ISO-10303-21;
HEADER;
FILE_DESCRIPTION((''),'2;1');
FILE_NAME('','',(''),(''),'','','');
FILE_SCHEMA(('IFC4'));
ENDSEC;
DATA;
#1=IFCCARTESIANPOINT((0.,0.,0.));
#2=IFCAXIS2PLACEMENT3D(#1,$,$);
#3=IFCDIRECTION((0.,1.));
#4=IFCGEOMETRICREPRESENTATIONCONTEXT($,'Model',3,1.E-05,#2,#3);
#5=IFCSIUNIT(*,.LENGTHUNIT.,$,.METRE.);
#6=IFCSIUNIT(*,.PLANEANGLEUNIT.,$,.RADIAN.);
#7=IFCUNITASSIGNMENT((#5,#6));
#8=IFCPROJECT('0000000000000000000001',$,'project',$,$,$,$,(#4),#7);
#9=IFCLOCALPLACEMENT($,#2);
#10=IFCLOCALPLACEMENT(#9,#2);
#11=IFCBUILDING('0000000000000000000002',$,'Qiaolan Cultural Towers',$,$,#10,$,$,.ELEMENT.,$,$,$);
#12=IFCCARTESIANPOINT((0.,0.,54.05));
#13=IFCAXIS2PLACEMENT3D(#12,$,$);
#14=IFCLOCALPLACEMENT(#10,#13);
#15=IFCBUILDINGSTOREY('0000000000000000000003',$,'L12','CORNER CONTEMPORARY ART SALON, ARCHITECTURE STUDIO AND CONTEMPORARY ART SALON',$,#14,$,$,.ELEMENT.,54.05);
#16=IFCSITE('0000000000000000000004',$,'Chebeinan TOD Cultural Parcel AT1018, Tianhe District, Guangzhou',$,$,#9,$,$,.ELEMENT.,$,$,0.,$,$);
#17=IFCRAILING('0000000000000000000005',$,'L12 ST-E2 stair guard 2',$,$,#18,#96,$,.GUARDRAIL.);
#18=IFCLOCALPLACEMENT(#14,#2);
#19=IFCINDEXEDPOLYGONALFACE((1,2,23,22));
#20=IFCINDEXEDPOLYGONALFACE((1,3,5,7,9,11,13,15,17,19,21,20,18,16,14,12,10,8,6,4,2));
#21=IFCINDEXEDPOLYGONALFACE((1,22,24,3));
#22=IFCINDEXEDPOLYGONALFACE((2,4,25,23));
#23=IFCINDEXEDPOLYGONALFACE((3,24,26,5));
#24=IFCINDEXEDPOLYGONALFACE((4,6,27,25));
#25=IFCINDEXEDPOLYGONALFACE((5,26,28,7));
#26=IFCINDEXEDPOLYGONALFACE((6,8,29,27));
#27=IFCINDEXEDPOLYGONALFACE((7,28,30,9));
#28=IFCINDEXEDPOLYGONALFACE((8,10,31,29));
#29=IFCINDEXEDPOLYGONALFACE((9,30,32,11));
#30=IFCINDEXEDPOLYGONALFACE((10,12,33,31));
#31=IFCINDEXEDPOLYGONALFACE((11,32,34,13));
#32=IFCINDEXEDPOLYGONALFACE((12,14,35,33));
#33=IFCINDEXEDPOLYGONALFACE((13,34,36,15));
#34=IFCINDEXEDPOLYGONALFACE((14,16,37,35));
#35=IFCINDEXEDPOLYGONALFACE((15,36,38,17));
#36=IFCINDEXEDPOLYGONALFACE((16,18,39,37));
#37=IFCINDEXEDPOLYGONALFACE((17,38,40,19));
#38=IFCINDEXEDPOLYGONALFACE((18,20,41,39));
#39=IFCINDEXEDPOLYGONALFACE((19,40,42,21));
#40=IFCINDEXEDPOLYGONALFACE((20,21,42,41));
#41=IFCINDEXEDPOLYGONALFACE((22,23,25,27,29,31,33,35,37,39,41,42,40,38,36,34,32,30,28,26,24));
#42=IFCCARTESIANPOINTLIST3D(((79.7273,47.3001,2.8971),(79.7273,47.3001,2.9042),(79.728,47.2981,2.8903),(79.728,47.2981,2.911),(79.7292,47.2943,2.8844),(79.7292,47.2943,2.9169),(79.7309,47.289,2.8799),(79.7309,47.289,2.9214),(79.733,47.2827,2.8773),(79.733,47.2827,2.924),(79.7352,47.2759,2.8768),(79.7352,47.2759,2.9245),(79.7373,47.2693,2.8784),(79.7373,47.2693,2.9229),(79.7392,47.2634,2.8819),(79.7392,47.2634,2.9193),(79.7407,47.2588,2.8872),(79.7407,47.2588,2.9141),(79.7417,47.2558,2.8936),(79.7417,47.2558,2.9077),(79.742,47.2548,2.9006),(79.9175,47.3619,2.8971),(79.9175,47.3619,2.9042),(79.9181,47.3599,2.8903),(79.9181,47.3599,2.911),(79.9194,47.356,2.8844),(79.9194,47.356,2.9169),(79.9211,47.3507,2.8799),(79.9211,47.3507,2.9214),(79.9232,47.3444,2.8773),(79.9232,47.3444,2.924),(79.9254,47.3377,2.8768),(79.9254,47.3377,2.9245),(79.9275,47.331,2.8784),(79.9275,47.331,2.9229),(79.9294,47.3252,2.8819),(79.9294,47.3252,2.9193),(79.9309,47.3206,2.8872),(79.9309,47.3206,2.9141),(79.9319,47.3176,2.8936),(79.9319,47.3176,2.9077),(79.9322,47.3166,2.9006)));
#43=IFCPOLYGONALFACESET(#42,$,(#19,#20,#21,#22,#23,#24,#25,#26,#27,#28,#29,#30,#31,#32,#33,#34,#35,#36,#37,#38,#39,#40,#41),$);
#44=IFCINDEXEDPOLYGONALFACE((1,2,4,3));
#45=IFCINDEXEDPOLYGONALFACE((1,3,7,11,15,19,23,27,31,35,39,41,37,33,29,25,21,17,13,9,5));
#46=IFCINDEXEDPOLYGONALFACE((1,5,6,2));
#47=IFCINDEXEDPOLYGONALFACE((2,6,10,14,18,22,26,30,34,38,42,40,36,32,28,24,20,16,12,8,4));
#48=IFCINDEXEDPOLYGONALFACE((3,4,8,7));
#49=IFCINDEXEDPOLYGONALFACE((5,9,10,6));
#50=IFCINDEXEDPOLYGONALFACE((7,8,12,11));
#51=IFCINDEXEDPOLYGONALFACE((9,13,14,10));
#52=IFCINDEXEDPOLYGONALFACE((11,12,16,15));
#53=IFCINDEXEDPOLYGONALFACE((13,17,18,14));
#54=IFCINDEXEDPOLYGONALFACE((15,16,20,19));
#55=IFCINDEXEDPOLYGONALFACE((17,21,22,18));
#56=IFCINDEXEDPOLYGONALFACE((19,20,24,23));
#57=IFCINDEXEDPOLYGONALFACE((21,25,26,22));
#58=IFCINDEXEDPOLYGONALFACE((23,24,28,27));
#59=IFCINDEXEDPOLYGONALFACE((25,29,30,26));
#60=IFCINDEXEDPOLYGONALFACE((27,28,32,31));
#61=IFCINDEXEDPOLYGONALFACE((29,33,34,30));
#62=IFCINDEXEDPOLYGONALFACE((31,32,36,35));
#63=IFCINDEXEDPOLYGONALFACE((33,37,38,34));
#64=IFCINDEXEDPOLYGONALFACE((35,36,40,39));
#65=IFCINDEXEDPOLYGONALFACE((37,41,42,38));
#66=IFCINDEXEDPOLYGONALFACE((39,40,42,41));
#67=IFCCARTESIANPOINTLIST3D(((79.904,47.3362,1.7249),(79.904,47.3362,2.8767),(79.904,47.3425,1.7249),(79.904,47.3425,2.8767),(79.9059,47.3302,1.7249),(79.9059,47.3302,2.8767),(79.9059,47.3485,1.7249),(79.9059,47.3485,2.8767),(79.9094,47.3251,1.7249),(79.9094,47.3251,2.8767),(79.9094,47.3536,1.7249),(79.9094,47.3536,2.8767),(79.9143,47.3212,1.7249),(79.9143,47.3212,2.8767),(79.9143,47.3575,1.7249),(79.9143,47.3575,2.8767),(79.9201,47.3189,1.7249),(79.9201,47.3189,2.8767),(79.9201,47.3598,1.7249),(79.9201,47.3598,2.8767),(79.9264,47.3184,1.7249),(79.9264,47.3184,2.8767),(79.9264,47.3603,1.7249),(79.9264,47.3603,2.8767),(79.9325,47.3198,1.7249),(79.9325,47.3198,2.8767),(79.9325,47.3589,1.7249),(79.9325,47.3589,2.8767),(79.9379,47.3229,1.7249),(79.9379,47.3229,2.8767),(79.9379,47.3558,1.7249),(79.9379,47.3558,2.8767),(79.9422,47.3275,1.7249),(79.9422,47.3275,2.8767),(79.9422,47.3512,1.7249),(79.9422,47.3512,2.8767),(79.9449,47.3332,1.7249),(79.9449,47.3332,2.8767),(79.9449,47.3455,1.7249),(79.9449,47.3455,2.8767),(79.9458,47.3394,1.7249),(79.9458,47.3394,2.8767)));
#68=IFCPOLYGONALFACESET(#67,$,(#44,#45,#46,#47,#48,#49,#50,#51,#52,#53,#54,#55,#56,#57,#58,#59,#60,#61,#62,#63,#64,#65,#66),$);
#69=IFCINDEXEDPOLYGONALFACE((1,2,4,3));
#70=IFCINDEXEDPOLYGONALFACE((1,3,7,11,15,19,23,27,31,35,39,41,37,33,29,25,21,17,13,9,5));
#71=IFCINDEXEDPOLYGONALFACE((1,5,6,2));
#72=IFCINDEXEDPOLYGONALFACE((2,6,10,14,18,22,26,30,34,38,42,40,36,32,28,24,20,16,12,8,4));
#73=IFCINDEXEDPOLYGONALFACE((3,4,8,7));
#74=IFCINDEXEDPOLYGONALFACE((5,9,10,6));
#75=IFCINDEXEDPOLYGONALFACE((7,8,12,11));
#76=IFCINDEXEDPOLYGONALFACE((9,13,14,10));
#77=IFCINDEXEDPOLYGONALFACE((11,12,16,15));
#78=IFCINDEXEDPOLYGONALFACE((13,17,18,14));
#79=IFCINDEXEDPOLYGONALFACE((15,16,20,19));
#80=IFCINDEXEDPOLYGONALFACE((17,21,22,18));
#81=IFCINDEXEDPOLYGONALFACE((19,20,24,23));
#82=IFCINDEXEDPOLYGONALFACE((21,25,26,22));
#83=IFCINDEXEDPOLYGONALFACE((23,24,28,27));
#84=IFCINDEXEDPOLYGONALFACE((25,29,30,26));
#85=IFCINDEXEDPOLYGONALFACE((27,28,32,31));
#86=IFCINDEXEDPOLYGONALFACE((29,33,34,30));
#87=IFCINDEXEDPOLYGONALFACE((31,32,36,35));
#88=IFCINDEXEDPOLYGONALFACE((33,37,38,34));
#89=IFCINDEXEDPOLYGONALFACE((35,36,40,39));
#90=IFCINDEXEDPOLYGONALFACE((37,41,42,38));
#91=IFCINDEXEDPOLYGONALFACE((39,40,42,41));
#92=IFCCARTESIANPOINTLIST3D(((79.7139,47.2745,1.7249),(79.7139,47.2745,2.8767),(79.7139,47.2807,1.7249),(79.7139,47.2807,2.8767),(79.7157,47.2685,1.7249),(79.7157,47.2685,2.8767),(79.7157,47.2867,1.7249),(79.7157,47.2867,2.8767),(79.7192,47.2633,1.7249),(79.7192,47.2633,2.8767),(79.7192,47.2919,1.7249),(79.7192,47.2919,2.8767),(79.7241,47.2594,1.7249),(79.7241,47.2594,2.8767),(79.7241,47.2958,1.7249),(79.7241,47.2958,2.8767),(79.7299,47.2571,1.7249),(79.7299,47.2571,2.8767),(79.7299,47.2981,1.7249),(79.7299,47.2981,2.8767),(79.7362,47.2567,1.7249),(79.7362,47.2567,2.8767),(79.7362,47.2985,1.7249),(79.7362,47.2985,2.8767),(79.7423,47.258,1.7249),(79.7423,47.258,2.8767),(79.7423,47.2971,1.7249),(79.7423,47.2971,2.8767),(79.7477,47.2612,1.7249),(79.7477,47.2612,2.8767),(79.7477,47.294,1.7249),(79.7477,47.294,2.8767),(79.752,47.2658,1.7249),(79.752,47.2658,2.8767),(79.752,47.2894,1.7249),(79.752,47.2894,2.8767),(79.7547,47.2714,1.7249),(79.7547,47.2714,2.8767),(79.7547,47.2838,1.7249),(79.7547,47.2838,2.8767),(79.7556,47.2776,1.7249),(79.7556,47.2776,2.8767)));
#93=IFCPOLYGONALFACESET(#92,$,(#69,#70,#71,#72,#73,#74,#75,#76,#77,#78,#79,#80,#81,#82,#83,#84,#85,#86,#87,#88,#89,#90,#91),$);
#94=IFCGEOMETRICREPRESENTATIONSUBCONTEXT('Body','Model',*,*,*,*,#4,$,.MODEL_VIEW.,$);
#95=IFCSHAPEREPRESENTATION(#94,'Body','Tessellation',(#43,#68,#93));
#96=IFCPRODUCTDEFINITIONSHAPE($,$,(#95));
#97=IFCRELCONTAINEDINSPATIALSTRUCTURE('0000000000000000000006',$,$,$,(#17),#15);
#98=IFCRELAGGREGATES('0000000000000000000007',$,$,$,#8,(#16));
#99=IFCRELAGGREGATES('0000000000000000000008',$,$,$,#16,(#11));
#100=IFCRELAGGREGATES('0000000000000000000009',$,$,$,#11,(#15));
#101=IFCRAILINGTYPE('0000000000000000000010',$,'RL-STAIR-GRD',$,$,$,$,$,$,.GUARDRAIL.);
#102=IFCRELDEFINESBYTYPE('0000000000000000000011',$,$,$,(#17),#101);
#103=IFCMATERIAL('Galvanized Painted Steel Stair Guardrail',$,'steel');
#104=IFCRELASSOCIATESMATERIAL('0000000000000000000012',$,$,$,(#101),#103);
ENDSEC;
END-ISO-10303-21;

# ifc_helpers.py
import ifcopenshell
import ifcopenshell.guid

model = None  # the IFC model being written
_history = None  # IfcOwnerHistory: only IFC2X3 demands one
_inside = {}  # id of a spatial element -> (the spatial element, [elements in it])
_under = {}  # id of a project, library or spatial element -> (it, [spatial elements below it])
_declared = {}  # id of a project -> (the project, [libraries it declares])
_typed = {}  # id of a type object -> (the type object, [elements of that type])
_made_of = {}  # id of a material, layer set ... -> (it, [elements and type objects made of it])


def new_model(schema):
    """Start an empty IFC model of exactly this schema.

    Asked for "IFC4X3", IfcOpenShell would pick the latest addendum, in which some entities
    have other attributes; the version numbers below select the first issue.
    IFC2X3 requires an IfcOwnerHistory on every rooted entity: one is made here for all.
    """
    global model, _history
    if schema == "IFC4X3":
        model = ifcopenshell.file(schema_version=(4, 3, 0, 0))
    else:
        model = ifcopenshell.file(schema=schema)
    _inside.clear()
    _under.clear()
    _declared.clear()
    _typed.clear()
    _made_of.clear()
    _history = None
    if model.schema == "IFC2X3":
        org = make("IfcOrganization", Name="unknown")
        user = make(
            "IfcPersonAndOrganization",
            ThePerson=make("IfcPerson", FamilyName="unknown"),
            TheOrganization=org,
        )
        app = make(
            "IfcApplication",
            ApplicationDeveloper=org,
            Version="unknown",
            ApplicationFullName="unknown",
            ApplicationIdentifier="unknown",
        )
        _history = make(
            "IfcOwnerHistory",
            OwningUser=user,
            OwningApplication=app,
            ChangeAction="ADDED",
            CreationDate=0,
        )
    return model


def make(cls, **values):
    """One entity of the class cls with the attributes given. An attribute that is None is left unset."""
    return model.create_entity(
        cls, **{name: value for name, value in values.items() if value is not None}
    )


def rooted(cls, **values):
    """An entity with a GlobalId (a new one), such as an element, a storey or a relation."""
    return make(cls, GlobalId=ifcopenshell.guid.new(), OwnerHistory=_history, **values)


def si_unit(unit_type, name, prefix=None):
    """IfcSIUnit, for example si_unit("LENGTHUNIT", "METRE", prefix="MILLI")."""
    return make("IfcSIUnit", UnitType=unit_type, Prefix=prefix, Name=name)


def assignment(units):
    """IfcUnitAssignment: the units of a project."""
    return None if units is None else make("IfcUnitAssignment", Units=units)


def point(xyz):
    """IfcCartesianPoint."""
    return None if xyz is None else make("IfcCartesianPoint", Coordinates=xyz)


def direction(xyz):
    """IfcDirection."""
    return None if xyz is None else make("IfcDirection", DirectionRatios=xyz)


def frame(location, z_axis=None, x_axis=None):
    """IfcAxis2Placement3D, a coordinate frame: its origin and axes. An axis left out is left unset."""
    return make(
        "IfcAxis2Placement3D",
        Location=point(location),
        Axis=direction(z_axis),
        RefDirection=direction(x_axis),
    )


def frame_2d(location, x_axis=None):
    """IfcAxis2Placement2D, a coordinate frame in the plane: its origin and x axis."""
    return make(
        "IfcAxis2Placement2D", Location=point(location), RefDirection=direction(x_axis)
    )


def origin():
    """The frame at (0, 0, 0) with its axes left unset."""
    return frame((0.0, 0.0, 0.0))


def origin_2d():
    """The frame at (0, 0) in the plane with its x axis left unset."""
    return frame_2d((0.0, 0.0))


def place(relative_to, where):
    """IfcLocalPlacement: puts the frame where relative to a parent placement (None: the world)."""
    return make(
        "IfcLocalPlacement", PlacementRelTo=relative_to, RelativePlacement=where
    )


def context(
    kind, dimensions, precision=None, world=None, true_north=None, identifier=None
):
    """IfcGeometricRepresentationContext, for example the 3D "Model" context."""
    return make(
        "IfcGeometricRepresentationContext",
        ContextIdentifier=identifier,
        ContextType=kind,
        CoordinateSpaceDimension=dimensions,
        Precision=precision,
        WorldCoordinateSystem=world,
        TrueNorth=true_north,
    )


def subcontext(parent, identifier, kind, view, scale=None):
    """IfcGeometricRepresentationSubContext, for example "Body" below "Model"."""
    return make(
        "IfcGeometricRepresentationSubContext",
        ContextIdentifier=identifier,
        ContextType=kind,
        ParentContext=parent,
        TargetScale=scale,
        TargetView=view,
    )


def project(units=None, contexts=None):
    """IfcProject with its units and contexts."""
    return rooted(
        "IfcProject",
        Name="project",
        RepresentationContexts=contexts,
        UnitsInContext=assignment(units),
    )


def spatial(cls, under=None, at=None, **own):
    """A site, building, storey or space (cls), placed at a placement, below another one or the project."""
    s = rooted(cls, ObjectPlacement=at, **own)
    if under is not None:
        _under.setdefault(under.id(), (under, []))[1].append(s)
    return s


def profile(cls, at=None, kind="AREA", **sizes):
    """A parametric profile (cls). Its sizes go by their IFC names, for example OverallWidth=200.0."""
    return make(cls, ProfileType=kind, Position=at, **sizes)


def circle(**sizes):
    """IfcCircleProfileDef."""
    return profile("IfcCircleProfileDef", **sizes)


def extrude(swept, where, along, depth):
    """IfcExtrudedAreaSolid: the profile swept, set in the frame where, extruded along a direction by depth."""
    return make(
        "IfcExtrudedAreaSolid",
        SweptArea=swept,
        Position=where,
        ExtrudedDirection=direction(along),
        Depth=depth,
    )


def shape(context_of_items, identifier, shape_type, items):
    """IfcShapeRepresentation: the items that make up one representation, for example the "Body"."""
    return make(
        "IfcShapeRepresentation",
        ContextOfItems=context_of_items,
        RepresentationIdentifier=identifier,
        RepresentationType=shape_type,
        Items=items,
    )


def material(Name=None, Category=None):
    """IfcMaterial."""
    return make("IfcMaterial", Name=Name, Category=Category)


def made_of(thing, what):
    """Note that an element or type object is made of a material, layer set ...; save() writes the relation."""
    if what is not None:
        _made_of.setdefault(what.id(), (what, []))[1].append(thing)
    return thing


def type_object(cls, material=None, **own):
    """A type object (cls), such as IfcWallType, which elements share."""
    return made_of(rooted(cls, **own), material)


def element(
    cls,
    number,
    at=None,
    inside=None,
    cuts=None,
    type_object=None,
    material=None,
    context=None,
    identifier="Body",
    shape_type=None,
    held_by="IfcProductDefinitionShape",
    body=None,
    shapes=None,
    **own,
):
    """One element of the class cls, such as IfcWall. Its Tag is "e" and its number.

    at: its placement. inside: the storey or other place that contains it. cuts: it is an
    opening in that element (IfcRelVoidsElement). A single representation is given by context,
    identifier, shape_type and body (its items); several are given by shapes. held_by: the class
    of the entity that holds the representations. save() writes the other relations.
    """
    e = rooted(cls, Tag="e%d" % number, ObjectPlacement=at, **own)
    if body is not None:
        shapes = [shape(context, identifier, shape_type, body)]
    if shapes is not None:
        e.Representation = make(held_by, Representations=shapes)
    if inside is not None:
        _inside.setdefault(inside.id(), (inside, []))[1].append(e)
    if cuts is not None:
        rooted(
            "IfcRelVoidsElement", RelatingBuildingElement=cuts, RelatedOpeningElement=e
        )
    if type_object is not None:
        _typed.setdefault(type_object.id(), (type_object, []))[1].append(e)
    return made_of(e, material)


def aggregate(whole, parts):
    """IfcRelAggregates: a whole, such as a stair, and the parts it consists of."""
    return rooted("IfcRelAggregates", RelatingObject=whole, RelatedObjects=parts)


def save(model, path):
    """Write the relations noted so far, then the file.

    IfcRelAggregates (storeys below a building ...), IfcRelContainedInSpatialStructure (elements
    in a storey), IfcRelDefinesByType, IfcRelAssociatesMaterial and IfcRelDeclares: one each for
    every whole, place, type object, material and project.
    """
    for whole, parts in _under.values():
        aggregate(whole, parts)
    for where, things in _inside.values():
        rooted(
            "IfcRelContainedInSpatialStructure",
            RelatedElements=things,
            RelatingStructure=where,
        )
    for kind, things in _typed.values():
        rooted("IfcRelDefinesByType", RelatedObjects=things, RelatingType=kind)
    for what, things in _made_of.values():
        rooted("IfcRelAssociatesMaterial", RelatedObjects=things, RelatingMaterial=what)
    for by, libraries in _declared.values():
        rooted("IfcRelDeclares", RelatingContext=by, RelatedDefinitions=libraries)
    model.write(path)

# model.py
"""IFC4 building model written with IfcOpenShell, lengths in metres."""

from ifc_helpers import new_model, si_unit, direction, frame, origin, origin_2d, place, context, subcontext, project, spatial, circle, extrude, material, type_object, element, save


model = new_model("IFC4")

# Units and contexts
model_context = context("Model", 3, precision=1e-05, world=origin(), true_north=direction((0.0, 1.0)))
body_context = subcontext(model_context, "Body", "Model", "MODEL_VIEW")
ifc_project = project(units=[si_unit("LENGTHUNIT", "METRE"), si_unit("PLANEANGLEUNIT", "RADIAN")], contexts=[model_context])

# Site, building, storey
site_placement = place(None, origin())
site = spatial("IfcSite", under=ifc_project, at=site_placement, Name="Chebeinan TOD Cultural Parcel AT1018, Tianhe District, Guangzhou", CompositionType="ELEMENT", RefElevation=0.0)
building_placement = place(site_placement, origin())
building = spatial("IfcBuilding", under=site, at=building_placement, Name="Qiaolan Cultural Towers", CompositionType="ELEMENT")
storey_placement = place(building_placement, frame((0.0, 0.0, 54.05)))
storey = spatial("IfcBuildingStorey", under=building, at=storey_placement, Name="L12", Description="CORNER CONTEMPORARY ART SALON, ARCHITECTURE STUDIO AND CONTEMPORARY ART SALON", CompositionType="ELEMENT", Elevation=54.05)

# Railing
ifc_material_1 = material(Name="Galvanized Painted Steel Stair Guardrail", Category="steel")
railing_type_1 = type_object("IfcRailingType", Name="RL-STAIR-GRD", PredefinedType="GUARDRAIL", material=ifc_material_1)
railing_1_placement = place(storey_placement, frame((79.9248, 47.3394, 1.7249)))
element("IfcRailing", 1, at=railing_1_placement, inside=storey, type_object=railing_type_1, Name="L12 ST-E2 stair guard 2", PredefinedType="GUARDRAIL", context=body_context, shape_type="SweptSolid", body=[
    extrude(circle(Radius=0.0239, at=origin_2d()), frame((0.0, 0.0, 1.1758), z_axis=(-0.951097, -0.308893, 0.0), x_axis=(0.308893, -0.951097, 0.0)), (0.0, 0.0, 1.0), 0.2),
    extrude(circle(Radius=0.021, at=origin_2d()), origin(), (0.0, 0.0, 1.0), 1.1519),
    extrude(circle(Radius=0.021, at=origin_2d()), frame((-0.1902, -0.0618, 0.0)), (0.0, 0.0, 1.0), 1.1519),
])

save(model, "model.ifc")
